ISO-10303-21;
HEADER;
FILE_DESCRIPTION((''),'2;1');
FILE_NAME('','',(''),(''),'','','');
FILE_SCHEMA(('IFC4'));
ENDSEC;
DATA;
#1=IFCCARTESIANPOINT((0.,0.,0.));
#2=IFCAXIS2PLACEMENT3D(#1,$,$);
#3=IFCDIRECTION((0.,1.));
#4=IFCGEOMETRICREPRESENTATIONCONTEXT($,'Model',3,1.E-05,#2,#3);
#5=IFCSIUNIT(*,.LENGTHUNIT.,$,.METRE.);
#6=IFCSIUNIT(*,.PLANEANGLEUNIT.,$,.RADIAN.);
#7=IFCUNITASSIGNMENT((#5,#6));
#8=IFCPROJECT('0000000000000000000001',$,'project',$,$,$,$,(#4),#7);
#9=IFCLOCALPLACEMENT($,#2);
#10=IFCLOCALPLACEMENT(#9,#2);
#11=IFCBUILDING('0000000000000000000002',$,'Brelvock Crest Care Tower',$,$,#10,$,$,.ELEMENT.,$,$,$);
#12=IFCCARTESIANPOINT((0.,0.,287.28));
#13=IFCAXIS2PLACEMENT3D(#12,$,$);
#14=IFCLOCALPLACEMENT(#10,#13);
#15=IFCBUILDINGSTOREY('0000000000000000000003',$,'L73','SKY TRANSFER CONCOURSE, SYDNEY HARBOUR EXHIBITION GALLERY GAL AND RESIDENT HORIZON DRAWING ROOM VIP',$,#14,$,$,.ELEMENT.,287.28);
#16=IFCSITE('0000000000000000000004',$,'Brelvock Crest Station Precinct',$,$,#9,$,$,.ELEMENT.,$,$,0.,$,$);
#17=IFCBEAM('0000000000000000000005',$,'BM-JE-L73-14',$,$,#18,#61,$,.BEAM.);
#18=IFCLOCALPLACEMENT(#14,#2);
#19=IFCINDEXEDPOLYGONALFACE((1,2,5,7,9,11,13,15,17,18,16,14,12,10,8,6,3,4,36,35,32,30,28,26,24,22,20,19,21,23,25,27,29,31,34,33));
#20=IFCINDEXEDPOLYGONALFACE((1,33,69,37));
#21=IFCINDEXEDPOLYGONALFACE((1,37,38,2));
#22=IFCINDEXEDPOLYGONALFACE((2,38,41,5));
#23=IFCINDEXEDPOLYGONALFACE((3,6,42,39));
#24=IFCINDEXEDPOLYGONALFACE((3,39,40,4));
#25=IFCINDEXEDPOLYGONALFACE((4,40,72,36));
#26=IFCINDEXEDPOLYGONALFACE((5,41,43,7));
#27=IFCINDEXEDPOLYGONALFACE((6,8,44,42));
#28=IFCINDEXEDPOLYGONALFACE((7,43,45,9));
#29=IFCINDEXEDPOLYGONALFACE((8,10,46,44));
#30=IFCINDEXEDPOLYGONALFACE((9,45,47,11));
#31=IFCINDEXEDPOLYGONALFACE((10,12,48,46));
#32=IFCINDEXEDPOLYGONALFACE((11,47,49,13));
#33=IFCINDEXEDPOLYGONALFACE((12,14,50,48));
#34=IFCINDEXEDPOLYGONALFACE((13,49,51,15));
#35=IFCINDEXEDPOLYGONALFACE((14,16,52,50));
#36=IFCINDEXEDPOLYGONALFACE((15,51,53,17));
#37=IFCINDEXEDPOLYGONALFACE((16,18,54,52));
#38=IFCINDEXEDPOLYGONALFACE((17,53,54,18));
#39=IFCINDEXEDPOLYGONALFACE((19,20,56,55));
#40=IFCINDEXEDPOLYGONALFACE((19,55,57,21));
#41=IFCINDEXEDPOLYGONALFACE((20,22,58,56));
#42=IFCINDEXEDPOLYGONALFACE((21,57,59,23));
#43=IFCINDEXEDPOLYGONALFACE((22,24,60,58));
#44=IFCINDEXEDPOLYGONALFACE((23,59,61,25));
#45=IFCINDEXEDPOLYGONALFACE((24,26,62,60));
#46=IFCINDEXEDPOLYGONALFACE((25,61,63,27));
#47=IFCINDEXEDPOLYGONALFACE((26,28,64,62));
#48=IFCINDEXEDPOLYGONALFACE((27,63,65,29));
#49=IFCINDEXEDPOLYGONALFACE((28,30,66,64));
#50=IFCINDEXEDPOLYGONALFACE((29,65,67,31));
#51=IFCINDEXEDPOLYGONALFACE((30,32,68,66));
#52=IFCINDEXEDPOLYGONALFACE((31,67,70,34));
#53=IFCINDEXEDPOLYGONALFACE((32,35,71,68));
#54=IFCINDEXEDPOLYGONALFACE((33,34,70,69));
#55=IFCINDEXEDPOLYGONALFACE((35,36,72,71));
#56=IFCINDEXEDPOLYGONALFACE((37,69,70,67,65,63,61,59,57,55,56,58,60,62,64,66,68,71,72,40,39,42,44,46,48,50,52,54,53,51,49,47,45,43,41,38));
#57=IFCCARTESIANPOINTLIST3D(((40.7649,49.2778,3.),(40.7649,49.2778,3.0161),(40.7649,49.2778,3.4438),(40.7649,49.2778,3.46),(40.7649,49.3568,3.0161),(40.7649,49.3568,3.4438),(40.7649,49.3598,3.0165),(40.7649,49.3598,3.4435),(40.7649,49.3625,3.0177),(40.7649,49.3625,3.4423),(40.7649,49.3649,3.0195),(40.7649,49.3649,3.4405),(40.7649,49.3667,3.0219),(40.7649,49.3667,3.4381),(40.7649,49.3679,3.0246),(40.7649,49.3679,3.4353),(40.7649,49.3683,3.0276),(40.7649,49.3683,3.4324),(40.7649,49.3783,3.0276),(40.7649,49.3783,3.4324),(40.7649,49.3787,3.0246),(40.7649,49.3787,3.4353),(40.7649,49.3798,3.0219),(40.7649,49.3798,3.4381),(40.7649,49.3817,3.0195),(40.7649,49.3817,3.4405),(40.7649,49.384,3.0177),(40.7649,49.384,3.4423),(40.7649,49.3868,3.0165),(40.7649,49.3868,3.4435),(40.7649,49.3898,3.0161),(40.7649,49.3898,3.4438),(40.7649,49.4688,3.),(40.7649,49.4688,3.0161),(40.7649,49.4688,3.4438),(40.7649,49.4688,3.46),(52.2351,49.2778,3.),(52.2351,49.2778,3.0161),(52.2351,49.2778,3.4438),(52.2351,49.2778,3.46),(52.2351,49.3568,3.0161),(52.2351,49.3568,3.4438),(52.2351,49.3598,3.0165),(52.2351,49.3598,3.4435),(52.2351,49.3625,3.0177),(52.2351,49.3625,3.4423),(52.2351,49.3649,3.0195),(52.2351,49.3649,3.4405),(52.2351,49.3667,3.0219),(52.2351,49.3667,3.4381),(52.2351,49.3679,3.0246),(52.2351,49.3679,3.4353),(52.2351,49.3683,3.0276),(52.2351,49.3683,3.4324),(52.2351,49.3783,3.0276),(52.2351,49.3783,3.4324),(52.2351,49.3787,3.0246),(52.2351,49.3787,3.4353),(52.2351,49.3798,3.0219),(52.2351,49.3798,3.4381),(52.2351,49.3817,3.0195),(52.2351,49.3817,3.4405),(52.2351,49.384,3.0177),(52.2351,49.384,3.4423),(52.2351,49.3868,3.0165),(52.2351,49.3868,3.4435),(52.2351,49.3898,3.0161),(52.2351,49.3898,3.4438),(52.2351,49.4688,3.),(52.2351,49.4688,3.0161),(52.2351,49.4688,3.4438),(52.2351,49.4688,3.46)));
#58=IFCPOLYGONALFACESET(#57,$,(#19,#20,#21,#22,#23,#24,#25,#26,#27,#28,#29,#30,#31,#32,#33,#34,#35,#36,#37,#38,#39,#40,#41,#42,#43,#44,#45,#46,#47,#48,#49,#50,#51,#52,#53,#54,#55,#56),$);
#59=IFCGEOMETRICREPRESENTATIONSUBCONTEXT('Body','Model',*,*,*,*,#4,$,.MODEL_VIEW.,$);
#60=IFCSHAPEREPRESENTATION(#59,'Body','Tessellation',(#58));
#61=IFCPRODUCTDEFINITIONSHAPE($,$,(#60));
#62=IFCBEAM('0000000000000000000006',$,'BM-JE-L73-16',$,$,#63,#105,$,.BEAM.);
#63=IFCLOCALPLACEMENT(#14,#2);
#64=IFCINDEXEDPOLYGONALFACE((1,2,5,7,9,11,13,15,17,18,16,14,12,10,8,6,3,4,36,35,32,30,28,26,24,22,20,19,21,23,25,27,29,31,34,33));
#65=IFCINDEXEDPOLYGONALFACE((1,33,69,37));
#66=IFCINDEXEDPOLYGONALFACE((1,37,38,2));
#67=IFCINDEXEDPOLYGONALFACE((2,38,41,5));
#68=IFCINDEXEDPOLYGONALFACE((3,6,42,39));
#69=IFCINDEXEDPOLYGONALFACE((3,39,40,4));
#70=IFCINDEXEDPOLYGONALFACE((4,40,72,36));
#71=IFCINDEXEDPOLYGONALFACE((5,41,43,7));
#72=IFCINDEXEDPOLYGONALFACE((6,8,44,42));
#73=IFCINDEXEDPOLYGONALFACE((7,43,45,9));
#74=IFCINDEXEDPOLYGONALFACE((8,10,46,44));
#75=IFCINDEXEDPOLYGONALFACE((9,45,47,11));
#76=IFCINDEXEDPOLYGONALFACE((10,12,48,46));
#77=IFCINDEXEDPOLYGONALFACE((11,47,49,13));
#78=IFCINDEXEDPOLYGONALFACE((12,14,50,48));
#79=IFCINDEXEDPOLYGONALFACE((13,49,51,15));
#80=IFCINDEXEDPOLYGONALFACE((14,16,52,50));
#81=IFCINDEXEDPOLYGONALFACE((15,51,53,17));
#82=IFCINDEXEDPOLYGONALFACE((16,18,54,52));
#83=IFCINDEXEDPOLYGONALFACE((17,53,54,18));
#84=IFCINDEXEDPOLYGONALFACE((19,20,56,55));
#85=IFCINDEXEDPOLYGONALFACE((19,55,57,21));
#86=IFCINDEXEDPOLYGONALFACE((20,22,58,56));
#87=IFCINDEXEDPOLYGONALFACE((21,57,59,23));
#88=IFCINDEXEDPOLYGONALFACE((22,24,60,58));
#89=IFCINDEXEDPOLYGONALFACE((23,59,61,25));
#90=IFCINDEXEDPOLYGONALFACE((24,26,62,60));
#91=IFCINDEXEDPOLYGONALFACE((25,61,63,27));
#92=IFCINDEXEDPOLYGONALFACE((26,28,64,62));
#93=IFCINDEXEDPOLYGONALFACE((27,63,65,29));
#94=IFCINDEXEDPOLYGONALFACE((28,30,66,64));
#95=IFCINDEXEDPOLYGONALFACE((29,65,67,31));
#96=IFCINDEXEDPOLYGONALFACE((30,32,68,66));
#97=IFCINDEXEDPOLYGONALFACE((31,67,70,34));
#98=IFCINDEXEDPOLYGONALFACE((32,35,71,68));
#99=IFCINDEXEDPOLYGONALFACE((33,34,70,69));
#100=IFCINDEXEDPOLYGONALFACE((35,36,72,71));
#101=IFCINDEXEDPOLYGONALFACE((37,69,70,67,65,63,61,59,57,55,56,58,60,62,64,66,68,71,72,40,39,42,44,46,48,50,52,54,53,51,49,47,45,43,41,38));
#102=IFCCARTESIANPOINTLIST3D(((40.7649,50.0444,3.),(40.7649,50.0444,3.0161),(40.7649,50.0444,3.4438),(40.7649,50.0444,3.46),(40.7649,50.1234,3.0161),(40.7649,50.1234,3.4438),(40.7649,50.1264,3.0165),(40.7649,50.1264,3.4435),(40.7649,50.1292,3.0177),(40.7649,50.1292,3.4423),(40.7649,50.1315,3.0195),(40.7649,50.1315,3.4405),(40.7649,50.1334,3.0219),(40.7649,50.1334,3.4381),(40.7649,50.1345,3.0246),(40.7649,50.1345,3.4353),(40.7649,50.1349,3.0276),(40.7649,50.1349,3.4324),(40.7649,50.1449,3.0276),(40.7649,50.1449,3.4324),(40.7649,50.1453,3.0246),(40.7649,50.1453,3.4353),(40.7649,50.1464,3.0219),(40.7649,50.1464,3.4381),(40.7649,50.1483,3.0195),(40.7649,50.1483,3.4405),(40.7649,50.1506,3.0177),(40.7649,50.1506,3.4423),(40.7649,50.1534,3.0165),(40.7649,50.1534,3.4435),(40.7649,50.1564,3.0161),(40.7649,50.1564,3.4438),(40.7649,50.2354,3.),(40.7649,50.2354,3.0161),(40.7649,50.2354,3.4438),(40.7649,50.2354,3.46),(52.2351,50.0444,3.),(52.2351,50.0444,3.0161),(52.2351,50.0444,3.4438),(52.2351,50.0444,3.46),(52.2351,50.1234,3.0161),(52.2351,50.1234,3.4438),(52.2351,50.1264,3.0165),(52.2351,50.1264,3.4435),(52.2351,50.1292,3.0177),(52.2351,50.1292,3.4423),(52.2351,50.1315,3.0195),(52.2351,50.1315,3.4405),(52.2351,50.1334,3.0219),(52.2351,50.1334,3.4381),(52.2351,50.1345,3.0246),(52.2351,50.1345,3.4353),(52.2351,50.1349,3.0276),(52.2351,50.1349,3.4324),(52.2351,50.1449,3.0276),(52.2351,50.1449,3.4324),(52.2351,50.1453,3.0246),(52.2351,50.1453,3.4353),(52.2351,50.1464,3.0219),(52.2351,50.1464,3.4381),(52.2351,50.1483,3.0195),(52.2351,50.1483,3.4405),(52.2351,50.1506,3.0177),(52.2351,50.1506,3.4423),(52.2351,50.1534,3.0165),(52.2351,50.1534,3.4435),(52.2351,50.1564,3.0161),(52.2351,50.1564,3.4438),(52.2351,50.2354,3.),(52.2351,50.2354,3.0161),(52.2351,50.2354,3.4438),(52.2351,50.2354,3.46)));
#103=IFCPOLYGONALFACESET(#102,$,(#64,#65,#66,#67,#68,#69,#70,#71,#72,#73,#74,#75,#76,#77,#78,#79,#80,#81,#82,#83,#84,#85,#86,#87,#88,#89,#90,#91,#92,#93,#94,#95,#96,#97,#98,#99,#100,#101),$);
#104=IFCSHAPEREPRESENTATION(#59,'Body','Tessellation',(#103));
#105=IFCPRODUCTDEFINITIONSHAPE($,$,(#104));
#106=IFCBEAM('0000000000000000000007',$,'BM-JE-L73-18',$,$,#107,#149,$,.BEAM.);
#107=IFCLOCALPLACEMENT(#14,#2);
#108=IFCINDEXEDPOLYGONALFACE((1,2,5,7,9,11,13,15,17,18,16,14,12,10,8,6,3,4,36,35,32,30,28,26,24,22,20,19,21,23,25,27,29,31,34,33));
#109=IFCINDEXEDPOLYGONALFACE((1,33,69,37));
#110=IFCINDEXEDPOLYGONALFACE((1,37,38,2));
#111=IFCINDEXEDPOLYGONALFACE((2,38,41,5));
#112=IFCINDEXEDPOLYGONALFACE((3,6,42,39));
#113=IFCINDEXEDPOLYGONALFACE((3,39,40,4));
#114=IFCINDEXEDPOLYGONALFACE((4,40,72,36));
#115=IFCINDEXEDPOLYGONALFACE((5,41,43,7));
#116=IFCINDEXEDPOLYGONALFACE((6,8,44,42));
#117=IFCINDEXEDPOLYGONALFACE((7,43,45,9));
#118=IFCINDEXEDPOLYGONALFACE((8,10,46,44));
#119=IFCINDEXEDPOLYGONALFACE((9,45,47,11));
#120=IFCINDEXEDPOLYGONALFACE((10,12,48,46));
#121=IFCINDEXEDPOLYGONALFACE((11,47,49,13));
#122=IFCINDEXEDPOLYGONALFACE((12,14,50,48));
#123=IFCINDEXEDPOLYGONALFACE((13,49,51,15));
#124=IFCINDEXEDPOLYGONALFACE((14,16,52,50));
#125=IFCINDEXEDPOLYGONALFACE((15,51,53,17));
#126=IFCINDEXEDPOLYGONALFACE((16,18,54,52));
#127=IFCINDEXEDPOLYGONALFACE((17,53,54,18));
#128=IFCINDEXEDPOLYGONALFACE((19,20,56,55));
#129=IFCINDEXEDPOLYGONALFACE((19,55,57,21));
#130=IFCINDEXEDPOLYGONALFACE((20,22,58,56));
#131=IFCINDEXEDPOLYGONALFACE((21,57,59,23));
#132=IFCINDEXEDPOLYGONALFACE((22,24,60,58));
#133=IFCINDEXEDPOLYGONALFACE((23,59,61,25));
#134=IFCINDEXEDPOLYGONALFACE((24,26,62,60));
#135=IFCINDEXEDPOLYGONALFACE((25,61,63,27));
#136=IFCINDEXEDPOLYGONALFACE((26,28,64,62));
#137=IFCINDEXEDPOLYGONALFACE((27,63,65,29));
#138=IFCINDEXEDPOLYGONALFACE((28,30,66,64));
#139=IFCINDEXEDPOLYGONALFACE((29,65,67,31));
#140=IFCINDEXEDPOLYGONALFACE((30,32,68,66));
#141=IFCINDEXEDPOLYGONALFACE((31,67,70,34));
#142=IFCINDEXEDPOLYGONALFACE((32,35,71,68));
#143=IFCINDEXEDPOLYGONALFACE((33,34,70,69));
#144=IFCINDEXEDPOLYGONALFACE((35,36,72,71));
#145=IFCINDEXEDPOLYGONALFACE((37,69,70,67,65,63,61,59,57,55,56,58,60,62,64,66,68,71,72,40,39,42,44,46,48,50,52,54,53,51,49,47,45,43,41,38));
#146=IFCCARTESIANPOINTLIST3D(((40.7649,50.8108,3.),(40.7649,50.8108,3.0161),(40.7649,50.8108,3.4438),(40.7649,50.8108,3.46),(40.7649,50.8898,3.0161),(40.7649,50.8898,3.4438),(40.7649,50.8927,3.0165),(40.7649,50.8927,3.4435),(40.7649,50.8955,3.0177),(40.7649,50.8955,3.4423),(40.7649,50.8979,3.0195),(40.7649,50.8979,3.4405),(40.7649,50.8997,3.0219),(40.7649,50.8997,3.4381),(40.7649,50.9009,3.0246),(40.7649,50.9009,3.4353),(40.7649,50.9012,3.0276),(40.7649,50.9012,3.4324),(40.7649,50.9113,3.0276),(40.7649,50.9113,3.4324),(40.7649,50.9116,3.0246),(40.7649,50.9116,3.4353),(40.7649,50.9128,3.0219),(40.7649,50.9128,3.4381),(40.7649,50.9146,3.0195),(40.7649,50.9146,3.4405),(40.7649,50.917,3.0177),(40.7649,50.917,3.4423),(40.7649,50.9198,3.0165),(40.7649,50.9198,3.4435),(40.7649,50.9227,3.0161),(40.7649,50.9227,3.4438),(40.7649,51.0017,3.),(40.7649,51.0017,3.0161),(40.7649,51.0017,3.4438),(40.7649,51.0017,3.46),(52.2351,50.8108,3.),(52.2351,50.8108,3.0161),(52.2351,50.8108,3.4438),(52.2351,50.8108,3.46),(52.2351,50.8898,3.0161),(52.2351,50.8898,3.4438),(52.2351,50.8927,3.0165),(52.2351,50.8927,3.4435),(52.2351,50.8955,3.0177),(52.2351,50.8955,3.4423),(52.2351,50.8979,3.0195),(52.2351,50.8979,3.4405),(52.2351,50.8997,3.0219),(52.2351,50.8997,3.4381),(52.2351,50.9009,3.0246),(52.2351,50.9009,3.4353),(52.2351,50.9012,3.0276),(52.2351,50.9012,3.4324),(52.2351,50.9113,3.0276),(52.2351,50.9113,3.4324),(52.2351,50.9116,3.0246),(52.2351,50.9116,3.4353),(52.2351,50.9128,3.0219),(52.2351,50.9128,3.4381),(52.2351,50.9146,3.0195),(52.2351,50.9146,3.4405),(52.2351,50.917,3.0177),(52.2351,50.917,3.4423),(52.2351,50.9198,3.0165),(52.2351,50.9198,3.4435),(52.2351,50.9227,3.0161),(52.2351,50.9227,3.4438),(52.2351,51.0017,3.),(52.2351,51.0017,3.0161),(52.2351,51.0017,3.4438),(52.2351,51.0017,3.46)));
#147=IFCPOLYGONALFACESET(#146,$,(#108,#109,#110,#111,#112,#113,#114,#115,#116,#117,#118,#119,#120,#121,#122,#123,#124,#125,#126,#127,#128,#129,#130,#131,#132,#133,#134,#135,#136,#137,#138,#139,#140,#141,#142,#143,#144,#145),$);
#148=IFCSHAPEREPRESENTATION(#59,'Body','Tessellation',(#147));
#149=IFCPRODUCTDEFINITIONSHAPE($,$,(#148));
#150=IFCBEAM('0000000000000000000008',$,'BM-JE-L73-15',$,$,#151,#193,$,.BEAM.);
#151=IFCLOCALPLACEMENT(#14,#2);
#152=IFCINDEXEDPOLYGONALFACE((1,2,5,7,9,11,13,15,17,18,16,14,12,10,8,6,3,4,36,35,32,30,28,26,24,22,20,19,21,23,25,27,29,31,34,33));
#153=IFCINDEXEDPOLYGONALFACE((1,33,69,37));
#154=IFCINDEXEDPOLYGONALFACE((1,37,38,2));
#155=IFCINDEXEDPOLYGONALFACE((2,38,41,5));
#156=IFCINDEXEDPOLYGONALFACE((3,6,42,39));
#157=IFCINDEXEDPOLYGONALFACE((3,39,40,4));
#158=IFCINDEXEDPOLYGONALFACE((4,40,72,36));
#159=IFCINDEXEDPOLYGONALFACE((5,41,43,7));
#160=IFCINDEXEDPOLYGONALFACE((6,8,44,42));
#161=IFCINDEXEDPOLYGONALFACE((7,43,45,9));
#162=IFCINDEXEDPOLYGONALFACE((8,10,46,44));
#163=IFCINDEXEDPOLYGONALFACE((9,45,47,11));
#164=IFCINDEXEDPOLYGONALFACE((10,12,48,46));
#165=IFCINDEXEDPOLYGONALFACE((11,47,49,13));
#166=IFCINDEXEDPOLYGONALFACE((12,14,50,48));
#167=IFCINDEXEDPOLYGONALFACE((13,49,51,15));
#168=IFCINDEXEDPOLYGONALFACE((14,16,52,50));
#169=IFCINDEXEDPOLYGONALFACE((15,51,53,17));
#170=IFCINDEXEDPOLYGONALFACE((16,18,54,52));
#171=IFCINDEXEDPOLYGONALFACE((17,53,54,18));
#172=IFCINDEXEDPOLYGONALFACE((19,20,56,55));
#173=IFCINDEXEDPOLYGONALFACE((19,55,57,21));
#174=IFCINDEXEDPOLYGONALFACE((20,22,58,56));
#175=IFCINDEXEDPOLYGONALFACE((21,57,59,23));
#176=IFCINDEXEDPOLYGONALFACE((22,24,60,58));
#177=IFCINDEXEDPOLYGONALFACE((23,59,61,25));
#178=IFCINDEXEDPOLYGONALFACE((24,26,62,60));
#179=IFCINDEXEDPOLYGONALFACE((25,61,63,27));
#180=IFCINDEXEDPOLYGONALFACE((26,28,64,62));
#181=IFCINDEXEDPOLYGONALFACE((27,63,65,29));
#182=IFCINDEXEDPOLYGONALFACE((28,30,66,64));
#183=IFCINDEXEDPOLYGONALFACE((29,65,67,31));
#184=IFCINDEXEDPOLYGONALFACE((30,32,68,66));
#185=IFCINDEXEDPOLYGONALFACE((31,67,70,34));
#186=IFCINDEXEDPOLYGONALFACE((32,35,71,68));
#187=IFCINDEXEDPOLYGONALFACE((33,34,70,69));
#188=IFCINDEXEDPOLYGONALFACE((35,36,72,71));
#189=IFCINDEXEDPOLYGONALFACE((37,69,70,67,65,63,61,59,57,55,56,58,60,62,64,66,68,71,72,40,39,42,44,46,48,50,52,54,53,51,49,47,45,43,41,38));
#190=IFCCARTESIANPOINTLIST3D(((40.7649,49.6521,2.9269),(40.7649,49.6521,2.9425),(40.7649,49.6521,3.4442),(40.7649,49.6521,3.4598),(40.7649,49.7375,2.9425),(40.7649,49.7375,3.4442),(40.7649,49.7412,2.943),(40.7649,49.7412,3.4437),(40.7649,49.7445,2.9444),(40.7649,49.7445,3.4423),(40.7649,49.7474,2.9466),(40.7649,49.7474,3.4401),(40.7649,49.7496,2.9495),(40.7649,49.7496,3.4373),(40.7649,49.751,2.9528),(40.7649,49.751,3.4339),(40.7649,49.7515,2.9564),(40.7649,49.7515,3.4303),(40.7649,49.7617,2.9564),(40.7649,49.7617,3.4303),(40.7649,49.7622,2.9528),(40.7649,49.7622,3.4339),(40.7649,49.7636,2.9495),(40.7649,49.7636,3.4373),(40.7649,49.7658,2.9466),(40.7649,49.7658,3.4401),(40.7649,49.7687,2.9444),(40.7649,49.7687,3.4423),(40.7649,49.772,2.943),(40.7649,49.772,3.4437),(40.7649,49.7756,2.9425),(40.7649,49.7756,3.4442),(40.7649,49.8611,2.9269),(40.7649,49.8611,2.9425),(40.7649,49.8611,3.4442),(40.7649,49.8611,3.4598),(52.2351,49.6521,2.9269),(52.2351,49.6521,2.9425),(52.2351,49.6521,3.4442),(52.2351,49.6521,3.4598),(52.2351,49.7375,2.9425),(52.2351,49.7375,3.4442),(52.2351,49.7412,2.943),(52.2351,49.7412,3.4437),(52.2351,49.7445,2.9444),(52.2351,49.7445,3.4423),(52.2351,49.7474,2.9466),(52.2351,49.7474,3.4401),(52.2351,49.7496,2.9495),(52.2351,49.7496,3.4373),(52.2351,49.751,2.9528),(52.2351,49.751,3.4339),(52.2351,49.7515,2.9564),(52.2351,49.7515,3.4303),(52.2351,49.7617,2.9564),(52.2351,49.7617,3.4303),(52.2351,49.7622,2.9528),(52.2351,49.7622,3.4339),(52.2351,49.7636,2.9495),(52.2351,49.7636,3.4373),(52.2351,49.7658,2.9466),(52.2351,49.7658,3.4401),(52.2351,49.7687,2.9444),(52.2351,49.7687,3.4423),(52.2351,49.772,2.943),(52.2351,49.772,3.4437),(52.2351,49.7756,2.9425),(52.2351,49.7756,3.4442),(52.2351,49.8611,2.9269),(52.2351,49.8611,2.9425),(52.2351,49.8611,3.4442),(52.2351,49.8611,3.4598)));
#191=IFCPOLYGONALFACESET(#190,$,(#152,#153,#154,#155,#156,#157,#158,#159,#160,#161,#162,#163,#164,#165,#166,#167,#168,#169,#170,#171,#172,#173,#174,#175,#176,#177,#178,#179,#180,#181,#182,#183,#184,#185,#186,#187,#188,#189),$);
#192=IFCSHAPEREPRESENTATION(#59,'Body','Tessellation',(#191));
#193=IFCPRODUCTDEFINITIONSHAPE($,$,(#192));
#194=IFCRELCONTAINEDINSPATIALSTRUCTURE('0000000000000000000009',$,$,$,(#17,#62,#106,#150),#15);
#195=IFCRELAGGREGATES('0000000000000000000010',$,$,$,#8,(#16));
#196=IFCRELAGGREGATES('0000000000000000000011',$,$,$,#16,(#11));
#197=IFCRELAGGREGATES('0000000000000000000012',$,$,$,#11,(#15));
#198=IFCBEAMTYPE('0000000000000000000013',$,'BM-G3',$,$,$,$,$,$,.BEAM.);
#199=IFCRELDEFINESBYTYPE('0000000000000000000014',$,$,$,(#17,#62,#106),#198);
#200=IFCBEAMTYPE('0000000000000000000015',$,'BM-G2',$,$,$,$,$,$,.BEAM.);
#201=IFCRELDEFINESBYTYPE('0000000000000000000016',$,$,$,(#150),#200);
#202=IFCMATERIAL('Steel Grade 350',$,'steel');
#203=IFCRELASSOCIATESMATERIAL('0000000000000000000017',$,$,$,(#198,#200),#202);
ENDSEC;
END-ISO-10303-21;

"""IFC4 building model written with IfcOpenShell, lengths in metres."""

from ifc_helpers import new_model, si_unit, direction, frame, origin, origin_2d, place, context, subcontext, project, spatial, i_section, extrude, source, transform, mapped, material, material_profile, profile_set, type_object, element, save


model = new_model("IFC4")

# Units and contexts
model_context = context("Model", 3, precision=1e-05, world=origin(), true_north=direction((0.0, 1.0)))
body_context = subcontext(model_context, "Body", "Model", "MODEL_VIEW")
ifc_project = project(units=[si_unit("LENGTHUNIT", "METRE"), si_unit("PLANEANGLEUNIT", "RADIAN")], contexts=[model_context])

# Site, building, storey
site_placement = place(None, origin())
site = spatial("IfcSite", under=ifc_project, at=site_placement, Name="Brelvock Crest Station Precinct", CompositionType="ELEMENT", RefElevation=0.0)
building_placement = place(site_placement, origin())
building = spatial("IfcBuilding", under=site, at=building_placement, Name="Brelvock Crest Care Tower", CompositionType="ELEMENT")
storey_placement = place(building_placement, frame((0.0, 0.0, 287.28)))
storey = spatial("IfcBuildingStorey", under=building, at=storey_placement, Name="L73", Description="SKY TRANSFER CONCOURSE, SYDNEY HARBOUR EXHIBITION GALLERY GAL AND RESIDENT HORIZON DRAWING ROOM VIP", CompositionType="ELEMENT", Elevation=287.28)

# Shared definitions
ifc_material_1 = material(Name="Steel Grade 350", Category="steel")

# Beams
ifc_material_profile_1 = material_profile(ifc_material_1, i_section(OverallWidth=0.1909, OverallDepth=0.46, WebThickness=0.01, FlangeThickness=0.0161, FilletRadius=0.0115, at=origin_2d()), Name="460UB82.1")
ifc_profile_set_1 = profile_set([ifc_material_profile_1], Name="Steel Grade 350")
beam_type_1 = type_object("IfcBeamType", Name="BM-G3", PredefinedType="BEAM", material=ifc_profile_set_1)
shared_shape_1 = source(origin(), body_context, "Body", "SweptSolid", [
    extrude(i_section(OverallWidth=0.1909, OverallDepth=0.46, WebThickness=0.01, FlangeThickness=0.0161, FilletRadius=0.0115, at=origin_2d()), origin(), (0.0, 0.0, 1.0), 11.4702),
])
for number, where, z_axis, x_axis, name in (
    (1, (40.7649, 49.3733, 3.23), (1.0, 0.0, 0.0), (0.0, 1.0, 0.0), "BM-JE-L73-14"),
    (2, (40.7649, 50.1399, 3.23), (1.0, 0.0, 0.0), (0.0, 1.0, 0.0), "BM-JE-L73-16"),
    (3, (40.7649, 50.9062, 3.23), (1.0, 0.0, 0.0), (0.0, 1.0, 0.0), "BM-JE-L73-18"),
):
    element("IfcBeam", number, at=place(storey_placement, frame(where, z_axis=z_axis, x_axis=x_axis)), inside=storey, type_object=beam_type_1, Name=name, PredefinedType="BEAM", context=body_context, shape_type="MappedRepresentation", body=[
        mapped(shared_shape_1, transform((0.0, 0.0, 0.0), x_axis=(1.0, 0.0, 0.0), y_axis=(0.0, 1.0, 0.0), z_axis=(0.0, 0.0, 1.0), scale=1.0)),
    ])
ifc_material_profile_2 = material_profile(ifc_material_1, i_section(OverallWidth=0.209, OverallDepth=0.533, WebThickness=0.0103, FlangeThickness=0.0156, FilletRadius=0.0139, at=origin_2d()), Name="530UB92.4")
ifc_profile_set_2 = profile_set([ifc_material_profile_2], Name="Steel Grade 350")
beam_type_2 = type_object("IfcBeamType", Name="BM-G2", PredefinedType="BEAM", material=ifc_profile_set_2)
shared_shape_2 = source(origin(), body_context, "Body", "SweptSolid", [
    extrude(i_section(OverallWidth=0.209, OverallDepth=0.533, WebThickness=0.0103, FlangeThickness=0.0156, FilletRadius=0.0139, at=origin_2d()), origin(), (0.0, 0.0, 1.0), 11.4702),
])
for number, where, z_axis, x_axis, name in (
    (4, (40.7649, 49.7566, 3.1934), (1.0, 0.0, 0.0), (0.0, 1.0, 0.0), "BM-JE-L73-15"),
):
    element("IfcBeam", number, at=place(storey_placement, frame(where, z_axis=z_axis, x_axis=x_axis)), inside=storey, type_object=beam_type_2, Name=name, PredefinedType="BEAM", context=body_context, shape_type="MappedRepresentation", body=[
        mapped(shared_shape_2, transform((0.0, 0.0, 0.0), x_axis=(1.0, 0.0, 0.0), y_axis=(0.0, 1.0, 0.0), z_axis=(0.0, 0.0, 1.0), scale=1.0)),
    ])

save(model, "model.ifc")
